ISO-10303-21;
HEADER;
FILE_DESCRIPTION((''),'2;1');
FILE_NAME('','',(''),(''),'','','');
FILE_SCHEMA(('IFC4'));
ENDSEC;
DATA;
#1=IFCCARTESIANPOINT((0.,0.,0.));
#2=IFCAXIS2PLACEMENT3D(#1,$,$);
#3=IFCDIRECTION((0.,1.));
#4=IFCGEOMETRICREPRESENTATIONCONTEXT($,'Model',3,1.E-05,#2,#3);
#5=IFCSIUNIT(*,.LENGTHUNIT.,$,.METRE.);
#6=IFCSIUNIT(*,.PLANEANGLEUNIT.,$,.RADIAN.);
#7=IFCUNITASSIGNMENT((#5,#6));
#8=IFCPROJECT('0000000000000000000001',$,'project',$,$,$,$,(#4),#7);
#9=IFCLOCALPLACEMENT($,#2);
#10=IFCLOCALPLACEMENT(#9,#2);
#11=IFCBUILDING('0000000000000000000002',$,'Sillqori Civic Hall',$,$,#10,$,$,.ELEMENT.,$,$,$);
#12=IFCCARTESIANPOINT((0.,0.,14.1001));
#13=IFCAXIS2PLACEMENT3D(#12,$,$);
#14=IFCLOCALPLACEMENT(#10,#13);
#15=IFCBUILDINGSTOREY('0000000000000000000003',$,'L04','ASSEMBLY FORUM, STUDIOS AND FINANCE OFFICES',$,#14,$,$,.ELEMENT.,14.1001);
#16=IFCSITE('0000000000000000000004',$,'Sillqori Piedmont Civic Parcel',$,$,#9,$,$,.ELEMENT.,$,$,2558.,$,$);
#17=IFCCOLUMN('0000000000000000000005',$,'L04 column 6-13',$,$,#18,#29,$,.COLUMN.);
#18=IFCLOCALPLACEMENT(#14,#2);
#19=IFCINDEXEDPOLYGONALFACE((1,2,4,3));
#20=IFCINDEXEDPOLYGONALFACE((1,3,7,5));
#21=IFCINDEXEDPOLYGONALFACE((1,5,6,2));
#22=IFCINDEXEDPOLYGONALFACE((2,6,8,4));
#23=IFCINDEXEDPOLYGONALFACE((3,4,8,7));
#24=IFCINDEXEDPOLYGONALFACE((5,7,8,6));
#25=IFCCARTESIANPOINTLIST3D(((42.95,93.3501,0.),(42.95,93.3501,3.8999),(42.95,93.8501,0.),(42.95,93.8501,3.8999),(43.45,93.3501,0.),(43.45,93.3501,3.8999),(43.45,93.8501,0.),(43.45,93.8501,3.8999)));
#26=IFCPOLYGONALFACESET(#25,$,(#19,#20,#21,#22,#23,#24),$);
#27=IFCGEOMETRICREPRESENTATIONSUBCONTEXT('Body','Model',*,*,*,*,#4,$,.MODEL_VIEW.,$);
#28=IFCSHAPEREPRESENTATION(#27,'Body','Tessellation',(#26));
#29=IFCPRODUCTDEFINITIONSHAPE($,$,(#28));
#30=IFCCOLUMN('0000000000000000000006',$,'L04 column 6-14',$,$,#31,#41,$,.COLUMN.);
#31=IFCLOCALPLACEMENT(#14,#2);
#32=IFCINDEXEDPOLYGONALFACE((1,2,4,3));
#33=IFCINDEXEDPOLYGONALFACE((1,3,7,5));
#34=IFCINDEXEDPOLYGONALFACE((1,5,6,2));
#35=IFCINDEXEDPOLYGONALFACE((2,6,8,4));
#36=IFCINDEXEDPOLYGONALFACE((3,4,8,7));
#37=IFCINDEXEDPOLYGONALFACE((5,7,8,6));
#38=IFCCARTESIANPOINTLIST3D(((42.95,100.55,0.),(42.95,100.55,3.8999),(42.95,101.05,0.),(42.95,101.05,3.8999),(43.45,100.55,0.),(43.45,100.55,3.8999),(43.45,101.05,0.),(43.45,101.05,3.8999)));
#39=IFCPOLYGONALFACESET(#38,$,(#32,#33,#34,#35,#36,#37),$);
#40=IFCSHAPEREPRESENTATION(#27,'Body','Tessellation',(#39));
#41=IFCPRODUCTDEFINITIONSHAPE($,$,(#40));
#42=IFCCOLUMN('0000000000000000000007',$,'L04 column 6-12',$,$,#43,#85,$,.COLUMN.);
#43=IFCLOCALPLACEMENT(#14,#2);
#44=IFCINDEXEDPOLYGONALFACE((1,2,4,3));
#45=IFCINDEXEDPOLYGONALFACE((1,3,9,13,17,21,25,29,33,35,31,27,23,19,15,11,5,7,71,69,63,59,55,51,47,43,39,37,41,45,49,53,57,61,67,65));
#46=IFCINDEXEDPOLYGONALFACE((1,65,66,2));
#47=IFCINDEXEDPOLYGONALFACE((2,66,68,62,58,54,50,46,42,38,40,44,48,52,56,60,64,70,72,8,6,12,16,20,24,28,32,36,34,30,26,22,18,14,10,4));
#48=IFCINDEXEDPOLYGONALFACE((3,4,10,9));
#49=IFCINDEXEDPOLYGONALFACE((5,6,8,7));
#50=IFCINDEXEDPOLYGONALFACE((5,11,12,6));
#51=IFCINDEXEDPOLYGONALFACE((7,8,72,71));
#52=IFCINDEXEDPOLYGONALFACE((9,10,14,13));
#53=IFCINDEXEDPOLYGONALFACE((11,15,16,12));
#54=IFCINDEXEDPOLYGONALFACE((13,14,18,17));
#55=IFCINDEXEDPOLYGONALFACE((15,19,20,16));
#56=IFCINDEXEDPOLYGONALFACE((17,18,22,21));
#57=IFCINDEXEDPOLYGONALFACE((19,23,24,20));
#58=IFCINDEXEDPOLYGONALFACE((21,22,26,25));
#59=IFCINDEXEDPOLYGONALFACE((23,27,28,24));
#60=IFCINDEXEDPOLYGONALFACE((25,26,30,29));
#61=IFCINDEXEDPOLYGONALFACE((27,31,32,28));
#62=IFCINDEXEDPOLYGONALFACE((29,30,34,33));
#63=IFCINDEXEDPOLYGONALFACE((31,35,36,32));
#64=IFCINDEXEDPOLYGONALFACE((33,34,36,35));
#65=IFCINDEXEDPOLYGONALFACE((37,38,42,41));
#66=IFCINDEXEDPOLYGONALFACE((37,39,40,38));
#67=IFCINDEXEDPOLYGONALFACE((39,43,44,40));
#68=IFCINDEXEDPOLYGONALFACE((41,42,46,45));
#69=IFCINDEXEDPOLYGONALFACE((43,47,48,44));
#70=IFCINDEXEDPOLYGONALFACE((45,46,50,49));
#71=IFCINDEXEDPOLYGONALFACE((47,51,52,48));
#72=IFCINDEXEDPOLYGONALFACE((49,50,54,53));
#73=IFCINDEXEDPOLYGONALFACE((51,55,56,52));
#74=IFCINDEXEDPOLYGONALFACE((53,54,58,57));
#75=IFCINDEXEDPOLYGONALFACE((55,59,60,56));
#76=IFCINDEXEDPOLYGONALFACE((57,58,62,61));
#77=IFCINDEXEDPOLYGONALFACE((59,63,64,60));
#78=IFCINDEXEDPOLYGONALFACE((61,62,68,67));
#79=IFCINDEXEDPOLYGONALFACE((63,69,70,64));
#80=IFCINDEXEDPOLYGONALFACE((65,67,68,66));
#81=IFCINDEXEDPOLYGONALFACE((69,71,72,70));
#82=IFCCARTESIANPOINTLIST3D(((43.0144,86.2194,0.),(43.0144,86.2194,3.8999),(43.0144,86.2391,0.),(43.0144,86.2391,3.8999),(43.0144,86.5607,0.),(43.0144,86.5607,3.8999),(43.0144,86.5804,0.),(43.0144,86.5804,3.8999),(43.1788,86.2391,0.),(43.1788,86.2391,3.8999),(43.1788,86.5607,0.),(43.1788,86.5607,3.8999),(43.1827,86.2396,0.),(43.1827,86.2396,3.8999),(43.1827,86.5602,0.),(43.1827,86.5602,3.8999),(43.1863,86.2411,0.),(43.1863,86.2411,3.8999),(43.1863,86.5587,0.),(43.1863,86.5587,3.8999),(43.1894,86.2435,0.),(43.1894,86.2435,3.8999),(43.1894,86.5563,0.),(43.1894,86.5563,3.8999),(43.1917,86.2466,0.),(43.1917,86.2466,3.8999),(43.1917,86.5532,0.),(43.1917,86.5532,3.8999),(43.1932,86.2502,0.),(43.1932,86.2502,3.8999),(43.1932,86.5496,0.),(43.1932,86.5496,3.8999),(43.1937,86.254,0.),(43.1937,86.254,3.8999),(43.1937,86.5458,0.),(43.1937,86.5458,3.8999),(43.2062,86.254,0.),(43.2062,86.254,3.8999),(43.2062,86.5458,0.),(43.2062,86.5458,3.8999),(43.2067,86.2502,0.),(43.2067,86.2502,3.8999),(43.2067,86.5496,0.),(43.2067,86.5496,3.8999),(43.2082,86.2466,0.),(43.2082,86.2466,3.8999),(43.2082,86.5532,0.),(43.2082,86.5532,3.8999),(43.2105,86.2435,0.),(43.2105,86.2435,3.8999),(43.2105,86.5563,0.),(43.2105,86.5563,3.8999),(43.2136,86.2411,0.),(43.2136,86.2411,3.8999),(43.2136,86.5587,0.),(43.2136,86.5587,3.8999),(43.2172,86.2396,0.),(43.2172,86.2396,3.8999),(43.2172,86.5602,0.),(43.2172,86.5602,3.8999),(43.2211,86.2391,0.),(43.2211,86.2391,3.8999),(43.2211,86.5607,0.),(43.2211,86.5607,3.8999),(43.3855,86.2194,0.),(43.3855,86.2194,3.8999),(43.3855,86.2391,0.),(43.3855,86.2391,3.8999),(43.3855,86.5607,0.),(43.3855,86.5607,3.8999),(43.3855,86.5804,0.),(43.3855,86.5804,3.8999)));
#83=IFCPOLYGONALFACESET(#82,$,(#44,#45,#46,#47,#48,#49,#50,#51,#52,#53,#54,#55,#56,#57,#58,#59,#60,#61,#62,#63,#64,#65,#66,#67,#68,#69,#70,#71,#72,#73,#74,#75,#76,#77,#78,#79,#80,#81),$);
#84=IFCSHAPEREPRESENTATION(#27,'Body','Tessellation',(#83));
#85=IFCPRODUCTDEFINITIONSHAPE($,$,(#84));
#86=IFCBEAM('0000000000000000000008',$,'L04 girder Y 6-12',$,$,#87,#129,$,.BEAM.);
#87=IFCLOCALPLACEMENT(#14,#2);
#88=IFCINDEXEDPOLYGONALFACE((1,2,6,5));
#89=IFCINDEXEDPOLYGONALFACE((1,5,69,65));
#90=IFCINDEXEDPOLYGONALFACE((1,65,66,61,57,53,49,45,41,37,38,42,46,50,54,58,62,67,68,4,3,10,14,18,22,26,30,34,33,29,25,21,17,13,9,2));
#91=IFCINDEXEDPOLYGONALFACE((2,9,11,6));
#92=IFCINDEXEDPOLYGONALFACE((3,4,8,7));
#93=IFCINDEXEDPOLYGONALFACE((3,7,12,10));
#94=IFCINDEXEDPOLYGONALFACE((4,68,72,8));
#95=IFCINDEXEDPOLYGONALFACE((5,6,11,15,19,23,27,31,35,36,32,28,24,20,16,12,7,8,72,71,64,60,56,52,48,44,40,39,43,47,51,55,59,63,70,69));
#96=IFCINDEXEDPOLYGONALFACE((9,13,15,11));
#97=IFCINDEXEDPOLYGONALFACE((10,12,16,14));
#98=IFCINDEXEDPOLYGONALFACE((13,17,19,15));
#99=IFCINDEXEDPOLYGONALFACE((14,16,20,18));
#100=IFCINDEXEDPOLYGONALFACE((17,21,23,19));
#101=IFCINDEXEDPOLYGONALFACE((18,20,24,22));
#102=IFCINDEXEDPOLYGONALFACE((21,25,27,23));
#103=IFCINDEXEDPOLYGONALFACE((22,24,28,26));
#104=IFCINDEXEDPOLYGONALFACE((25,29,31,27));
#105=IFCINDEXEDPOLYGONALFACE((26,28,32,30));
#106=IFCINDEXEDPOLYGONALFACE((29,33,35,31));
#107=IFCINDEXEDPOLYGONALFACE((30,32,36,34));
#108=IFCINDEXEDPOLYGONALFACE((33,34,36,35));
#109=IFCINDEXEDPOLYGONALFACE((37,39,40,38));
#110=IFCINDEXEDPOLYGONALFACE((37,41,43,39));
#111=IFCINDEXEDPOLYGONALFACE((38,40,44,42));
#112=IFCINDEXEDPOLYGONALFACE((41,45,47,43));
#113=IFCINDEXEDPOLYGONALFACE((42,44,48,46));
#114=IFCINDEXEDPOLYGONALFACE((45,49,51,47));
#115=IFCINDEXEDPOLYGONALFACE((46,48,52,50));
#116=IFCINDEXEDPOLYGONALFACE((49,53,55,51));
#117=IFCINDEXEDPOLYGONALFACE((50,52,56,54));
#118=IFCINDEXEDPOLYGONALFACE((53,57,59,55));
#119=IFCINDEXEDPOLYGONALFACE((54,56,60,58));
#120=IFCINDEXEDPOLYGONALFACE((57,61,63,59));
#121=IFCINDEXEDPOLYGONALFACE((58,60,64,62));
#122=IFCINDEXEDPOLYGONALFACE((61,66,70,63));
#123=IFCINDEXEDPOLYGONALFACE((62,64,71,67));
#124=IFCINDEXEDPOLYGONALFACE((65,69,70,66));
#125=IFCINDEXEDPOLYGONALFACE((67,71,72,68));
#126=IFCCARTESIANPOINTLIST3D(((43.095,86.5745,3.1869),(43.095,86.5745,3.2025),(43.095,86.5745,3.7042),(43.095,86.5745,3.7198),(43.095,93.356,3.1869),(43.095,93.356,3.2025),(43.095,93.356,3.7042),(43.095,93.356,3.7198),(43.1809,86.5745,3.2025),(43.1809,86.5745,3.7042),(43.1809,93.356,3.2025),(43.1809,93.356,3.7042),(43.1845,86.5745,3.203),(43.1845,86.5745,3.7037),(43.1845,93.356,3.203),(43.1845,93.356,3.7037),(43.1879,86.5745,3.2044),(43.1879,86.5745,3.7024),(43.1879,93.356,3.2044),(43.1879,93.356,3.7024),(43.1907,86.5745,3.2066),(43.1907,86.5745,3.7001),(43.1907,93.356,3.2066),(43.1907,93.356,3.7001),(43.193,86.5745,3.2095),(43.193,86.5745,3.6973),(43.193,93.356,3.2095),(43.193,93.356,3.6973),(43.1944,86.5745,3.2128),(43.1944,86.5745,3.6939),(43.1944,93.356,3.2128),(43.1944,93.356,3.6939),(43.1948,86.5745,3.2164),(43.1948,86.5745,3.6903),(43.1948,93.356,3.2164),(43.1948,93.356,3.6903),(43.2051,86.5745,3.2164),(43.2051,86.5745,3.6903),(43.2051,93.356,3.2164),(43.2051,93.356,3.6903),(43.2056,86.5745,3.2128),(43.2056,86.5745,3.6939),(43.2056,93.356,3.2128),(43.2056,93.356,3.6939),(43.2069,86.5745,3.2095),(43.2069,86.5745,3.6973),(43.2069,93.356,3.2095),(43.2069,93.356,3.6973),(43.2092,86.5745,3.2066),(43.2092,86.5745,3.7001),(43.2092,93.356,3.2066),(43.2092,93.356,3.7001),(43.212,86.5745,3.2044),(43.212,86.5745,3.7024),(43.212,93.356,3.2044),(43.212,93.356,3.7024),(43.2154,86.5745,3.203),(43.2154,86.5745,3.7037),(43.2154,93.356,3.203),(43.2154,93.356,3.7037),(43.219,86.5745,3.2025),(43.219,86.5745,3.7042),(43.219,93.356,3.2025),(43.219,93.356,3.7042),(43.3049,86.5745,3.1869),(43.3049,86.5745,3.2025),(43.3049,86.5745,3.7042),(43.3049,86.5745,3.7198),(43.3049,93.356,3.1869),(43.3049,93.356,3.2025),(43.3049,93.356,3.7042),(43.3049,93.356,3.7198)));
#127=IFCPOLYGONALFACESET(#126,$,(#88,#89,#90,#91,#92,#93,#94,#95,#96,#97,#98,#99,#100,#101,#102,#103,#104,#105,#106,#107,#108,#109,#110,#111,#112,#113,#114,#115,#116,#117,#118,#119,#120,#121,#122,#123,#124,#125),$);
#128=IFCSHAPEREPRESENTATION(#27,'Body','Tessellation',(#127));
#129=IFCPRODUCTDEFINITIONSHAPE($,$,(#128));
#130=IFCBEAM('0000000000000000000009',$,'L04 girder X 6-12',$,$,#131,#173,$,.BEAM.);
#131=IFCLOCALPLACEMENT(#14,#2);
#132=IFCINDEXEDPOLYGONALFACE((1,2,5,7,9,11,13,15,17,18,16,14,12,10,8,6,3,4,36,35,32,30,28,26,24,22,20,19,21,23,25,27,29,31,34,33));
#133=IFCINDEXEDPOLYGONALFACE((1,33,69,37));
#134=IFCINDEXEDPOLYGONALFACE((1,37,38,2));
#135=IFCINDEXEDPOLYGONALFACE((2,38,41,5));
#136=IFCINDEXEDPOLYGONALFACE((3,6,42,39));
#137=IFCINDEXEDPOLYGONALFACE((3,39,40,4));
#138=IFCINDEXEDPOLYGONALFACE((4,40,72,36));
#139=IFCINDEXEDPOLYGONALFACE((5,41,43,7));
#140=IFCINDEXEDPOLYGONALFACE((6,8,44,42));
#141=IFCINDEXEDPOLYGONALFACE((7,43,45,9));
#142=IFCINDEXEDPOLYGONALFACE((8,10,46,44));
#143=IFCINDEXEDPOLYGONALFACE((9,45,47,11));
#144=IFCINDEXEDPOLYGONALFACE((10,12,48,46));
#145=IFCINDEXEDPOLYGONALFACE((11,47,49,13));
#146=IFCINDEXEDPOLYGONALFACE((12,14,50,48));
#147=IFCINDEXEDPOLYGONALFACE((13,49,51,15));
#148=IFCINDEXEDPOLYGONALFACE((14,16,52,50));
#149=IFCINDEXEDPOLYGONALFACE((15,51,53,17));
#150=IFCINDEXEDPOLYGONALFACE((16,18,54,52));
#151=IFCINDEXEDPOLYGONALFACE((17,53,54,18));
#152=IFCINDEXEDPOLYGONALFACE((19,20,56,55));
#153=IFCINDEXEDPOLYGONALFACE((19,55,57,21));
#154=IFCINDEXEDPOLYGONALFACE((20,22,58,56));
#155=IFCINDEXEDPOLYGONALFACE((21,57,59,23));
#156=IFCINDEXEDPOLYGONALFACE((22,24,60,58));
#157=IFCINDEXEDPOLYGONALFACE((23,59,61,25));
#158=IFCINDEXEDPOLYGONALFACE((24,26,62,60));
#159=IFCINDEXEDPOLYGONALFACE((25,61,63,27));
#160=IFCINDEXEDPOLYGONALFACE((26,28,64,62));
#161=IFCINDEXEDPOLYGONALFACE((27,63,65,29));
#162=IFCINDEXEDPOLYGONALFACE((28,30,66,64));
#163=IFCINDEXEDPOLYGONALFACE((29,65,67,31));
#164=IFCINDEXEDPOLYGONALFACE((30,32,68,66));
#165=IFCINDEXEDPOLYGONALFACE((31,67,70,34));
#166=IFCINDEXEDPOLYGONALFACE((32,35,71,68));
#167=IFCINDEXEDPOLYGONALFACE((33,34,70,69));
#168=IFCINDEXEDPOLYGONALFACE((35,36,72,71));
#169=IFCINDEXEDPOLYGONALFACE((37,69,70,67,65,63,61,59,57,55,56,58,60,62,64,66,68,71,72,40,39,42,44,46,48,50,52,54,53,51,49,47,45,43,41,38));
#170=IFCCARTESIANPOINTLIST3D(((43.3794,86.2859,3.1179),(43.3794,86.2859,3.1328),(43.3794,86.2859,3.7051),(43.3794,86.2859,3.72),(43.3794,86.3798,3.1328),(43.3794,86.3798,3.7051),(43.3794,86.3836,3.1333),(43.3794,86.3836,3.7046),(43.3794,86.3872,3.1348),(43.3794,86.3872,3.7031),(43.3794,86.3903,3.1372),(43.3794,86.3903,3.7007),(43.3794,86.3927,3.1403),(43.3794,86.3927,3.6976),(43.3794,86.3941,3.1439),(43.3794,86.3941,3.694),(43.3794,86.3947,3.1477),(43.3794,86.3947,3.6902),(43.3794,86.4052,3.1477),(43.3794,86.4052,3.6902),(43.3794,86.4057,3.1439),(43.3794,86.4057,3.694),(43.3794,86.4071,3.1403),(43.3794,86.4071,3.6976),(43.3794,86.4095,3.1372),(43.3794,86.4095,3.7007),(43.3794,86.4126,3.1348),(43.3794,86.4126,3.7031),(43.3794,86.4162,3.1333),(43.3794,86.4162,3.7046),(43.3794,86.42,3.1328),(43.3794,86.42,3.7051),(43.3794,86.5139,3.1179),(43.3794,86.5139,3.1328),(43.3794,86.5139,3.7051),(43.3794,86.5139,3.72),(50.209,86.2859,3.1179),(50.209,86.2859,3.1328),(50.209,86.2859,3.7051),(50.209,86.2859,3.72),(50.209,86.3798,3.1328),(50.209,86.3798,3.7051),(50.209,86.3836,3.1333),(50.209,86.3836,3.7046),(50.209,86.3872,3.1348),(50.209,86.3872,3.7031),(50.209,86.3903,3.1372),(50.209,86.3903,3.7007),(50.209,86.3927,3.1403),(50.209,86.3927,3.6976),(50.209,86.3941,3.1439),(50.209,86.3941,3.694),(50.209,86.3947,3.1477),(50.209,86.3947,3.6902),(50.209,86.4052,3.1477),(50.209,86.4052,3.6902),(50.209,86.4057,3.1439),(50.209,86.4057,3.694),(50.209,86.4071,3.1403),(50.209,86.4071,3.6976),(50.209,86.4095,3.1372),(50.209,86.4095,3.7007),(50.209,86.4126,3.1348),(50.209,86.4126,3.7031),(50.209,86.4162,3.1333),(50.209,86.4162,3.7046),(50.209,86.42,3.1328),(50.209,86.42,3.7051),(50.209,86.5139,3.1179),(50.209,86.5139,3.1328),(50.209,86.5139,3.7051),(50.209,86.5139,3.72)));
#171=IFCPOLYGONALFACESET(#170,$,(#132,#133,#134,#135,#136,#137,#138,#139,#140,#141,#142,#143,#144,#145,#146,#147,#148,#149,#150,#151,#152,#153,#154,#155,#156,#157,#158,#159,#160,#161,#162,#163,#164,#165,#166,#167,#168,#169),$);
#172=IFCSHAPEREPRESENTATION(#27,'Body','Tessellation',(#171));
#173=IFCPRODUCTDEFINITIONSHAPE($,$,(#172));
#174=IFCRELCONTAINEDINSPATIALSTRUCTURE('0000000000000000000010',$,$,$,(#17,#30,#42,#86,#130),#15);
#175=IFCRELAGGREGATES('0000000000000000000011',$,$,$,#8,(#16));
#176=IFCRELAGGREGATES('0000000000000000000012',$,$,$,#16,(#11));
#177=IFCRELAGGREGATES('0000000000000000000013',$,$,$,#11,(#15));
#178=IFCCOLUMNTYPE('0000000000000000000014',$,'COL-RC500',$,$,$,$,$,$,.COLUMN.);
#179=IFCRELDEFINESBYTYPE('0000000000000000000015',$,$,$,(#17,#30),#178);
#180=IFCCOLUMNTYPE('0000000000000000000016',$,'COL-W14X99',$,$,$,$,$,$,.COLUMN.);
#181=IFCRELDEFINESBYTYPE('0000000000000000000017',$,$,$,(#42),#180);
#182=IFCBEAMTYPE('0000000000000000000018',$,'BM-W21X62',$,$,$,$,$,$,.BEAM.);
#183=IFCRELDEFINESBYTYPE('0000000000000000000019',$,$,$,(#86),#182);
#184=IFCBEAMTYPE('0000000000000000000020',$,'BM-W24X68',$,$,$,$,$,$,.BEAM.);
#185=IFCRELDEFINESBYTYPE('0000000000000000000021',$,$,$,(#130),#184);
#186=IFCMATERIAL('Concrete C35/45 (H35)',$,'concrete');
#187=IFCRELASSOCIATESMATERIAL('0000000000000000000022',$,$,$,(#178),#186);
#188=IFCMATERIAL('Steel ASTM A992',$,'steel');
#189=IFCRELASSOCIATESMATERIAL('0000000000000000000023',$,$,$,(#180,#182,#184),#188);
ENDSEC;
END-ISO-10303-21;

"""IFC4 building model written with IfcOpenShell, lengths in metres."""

from ifc_helpers import new_model, si_unit, direction, frame, origin, origin_2d, place, context, subcontext, project, spatial, rectangle, i_section, extrude, material, material_profile, profile_set, type_object, element, save


model = new_model("IFC4")

# Units and contexts
model_context = context("Model", 3, precision=1e-05, world=origin(), true_north=direction((0.0, 1.0)))
body_context = subcontext(model_context, "Body", "Model", "MODEL_VIEW")
ifc_project = project(units=[si_unit("LENGTHUNIT", "METRE"), si_unit("PLANEANGLEUNIT", "RADIAN")], contexts=[model_context])

# Site, building, storey
site_placement = place(None, origin())
site = spatial("IfcSite", under=ifc_project, at=site_placement, Name="Sillqori Piedmont Civic Parcel", CompositionType="ELEMENT", RefElevation=2558.0)
building_placement = place(site_placement, origin())
building = spatial("IfcBuilding", under=site, at=building_placement, Name="Sillqori Civic Hall", CompositionType="ELEMENT")
storey_placement = place(building_placement, frame((0.0, 0.0, 14.1001)))
storey = spatial("IfcBuildingStorey", under=building, at=storey_placement, Name="L04", Description="ASSEMBLY FORUM, STUDIOS AND FINANCE OFFICES", CompositionType="ELEMENT", Elevation=14.1001)

# Columns
ifc_material_1 = material(Name="Concrete C35/45 (H35)", Category="concrete")
ifc_material_profile_1 = material_profile(ifc_material_1, rectangle(XDim=0.5, YDim=0.5, at=origin_2d()), Name="RC 500x500")
ifc_profile_set_1 = profile_set([ifc_material_profile_1], Name="Concrete C35/45 (H35)")
column_type_1 = type_object("IfcColumnType", Name="COL-RC500", PredefinedType="COLUMN", material=ifc_profile_set_1)
for number, where, z_axis, x_axis, name in (
    (1, (43.2, 93.6001, 0.0), (0.0, 0.0, 1.0), (1.0, 0.0, 0.0), "L04 column 6-13"),
    (2, (43.2, 100.8, 0.0), (0.0, 0.0, 1.0), (1.0, 0.0, 0.0), "L04 column 6-14"),
):
    element("IfcColumn", number, at=place(storey_placement, frame(where, z_axis=z_axis, x_axis=x_axis)), inside=storey, type_object=column_type_1, Name=name, PredefinedType="COLUMN", context=body_context, shape_type="SweptSolid", body=[
        extrude(rectangle(XDim=0.5, YDim=0.5, at=origin_2d()), origin(), (0.0, 0.0, 1.0), 3.8999),
    ])
ifc_material_2 = material(Name="Steel ASTM A992", Category="steel")
ifc_material_profile_2 = material_profile(ifc_material_2, i_section(OverallWidth=0.3711, OverallDepth=0.3611, WebThickness=0.0125, FlangeThickness=0.0198, FilletRadius=0.0149, at=origin_2d()), Name="W14X99")
ifc_profile_set_2 = profile_set([ifc_material_profile_2], Name="Steel ASTM A992")
column_type_2 = type_object("IfcColumnType", Name="COL-W14X99", PredefinedType="COLUMN", material=ifc_profile_set_2)
column_placement = place(storey_placement, frame((43.2, 86.3999, 0.0), z_axis=(0.0, 0.0, 1.0), x_axis=(1.0, 0.0, 0.0)))
element("IfcColumn", 3, at=column_placement, inside=storey, type_object=column_type_2, Name="L04 column 6-12", PredefinedType="COLUMN", context=body_context, shape_type="SweptSolid", body=[
    extrude(i_section(OverallWidth=0.3711, OverallDepth=0.3611, WebThickness=0.0125, FlangeThickness=0.0198, FilletRadius=0.0149, at=origin_2d()), origin(), (0.0, 0.0, 1.0), 3.8999),
])

# Beams
ifc_material_profile_3 = material_profile(ifc_material_2, i_section(OverallWidth=0.21, OverallDepth=0.533, WebThickness=0.0103, FlangeThickness=0.0156, FilletRadius=0.0139, at=origin_2d()), Name="W21X62")
ifc_profile_set_3 = profile_set([ifc_material_profile_3], Name="Steel ASTM A992")
beam_type_1 = type_object("IfcBeamType", Name="BM-W21X62", PredefinedType="BEAM", material=ifc_profile_set_3)
beam_1_placement = place(storey_placement, frame((43.2, 86.5745, 3.4534), z_axis=(0.0, 1.0, 0.0), x_axis=(-1.0, 0.0, 0.0)))
element("IfcBeam", 4, at=beam_1_placement, inside=storey, type_object=beam_type_1, Name="L04 girder Y 6-12", PredefinedType="BEAM", context=body_context, shape_type="SweptSolid", body=[
    extrude(i_section(OverallWidth=0.21, OverallDepth=0.533, WebThickness=0.0103, FlangeThickness=0.0156, FilletRadius=0.0139, at=origin_2d()), origin(), (0.0, 0.0, 1.0), 6.7815),
])
ifc_material_profile_4 = material_profile(ifc_material_2, i_section(OverallWidth=0.228, OverallDepth=0.6021, WebThickness=0.0105, FlangeThickness=0.0149, FilletRadius=0.0149, at=origin_2d()), Name="W24X68")
ifc_profile_set_4 = profile_set([ifc_material_profile_4], Name="Steel ASTM A992")
beam_type_2 = type_object("IfcBeamType", Name="BM-W24X68", PredefinedType="BEAM", material=ifc_profile_set_4)
beam_2_placement = place(storey_placement, frame((43.3794, 86.3999, 3.4189), z_axis=(1.0, 0.0, 0.0), x_axis=(0.0, 1.0, 0.0)))
element("IfcBeam", 5, at=beam_2_placement, inside=storey, type_object=beam_type_2, Name="L04 girder X 6-12", PredefinedType="BEAM", context=body_context, shape_type="SweptSolid", body=[
    extrude(i_section(OverallWidth=0.228, OverallDepth=0.6021, WebThickness=0.0105, FlangeThickness=0.0149, FilletRadius=0.0149, at=origin_2d()), origin(), (0.0, 0.0, 1.0), 6.8296),
])

save(model, "model.ifc")
